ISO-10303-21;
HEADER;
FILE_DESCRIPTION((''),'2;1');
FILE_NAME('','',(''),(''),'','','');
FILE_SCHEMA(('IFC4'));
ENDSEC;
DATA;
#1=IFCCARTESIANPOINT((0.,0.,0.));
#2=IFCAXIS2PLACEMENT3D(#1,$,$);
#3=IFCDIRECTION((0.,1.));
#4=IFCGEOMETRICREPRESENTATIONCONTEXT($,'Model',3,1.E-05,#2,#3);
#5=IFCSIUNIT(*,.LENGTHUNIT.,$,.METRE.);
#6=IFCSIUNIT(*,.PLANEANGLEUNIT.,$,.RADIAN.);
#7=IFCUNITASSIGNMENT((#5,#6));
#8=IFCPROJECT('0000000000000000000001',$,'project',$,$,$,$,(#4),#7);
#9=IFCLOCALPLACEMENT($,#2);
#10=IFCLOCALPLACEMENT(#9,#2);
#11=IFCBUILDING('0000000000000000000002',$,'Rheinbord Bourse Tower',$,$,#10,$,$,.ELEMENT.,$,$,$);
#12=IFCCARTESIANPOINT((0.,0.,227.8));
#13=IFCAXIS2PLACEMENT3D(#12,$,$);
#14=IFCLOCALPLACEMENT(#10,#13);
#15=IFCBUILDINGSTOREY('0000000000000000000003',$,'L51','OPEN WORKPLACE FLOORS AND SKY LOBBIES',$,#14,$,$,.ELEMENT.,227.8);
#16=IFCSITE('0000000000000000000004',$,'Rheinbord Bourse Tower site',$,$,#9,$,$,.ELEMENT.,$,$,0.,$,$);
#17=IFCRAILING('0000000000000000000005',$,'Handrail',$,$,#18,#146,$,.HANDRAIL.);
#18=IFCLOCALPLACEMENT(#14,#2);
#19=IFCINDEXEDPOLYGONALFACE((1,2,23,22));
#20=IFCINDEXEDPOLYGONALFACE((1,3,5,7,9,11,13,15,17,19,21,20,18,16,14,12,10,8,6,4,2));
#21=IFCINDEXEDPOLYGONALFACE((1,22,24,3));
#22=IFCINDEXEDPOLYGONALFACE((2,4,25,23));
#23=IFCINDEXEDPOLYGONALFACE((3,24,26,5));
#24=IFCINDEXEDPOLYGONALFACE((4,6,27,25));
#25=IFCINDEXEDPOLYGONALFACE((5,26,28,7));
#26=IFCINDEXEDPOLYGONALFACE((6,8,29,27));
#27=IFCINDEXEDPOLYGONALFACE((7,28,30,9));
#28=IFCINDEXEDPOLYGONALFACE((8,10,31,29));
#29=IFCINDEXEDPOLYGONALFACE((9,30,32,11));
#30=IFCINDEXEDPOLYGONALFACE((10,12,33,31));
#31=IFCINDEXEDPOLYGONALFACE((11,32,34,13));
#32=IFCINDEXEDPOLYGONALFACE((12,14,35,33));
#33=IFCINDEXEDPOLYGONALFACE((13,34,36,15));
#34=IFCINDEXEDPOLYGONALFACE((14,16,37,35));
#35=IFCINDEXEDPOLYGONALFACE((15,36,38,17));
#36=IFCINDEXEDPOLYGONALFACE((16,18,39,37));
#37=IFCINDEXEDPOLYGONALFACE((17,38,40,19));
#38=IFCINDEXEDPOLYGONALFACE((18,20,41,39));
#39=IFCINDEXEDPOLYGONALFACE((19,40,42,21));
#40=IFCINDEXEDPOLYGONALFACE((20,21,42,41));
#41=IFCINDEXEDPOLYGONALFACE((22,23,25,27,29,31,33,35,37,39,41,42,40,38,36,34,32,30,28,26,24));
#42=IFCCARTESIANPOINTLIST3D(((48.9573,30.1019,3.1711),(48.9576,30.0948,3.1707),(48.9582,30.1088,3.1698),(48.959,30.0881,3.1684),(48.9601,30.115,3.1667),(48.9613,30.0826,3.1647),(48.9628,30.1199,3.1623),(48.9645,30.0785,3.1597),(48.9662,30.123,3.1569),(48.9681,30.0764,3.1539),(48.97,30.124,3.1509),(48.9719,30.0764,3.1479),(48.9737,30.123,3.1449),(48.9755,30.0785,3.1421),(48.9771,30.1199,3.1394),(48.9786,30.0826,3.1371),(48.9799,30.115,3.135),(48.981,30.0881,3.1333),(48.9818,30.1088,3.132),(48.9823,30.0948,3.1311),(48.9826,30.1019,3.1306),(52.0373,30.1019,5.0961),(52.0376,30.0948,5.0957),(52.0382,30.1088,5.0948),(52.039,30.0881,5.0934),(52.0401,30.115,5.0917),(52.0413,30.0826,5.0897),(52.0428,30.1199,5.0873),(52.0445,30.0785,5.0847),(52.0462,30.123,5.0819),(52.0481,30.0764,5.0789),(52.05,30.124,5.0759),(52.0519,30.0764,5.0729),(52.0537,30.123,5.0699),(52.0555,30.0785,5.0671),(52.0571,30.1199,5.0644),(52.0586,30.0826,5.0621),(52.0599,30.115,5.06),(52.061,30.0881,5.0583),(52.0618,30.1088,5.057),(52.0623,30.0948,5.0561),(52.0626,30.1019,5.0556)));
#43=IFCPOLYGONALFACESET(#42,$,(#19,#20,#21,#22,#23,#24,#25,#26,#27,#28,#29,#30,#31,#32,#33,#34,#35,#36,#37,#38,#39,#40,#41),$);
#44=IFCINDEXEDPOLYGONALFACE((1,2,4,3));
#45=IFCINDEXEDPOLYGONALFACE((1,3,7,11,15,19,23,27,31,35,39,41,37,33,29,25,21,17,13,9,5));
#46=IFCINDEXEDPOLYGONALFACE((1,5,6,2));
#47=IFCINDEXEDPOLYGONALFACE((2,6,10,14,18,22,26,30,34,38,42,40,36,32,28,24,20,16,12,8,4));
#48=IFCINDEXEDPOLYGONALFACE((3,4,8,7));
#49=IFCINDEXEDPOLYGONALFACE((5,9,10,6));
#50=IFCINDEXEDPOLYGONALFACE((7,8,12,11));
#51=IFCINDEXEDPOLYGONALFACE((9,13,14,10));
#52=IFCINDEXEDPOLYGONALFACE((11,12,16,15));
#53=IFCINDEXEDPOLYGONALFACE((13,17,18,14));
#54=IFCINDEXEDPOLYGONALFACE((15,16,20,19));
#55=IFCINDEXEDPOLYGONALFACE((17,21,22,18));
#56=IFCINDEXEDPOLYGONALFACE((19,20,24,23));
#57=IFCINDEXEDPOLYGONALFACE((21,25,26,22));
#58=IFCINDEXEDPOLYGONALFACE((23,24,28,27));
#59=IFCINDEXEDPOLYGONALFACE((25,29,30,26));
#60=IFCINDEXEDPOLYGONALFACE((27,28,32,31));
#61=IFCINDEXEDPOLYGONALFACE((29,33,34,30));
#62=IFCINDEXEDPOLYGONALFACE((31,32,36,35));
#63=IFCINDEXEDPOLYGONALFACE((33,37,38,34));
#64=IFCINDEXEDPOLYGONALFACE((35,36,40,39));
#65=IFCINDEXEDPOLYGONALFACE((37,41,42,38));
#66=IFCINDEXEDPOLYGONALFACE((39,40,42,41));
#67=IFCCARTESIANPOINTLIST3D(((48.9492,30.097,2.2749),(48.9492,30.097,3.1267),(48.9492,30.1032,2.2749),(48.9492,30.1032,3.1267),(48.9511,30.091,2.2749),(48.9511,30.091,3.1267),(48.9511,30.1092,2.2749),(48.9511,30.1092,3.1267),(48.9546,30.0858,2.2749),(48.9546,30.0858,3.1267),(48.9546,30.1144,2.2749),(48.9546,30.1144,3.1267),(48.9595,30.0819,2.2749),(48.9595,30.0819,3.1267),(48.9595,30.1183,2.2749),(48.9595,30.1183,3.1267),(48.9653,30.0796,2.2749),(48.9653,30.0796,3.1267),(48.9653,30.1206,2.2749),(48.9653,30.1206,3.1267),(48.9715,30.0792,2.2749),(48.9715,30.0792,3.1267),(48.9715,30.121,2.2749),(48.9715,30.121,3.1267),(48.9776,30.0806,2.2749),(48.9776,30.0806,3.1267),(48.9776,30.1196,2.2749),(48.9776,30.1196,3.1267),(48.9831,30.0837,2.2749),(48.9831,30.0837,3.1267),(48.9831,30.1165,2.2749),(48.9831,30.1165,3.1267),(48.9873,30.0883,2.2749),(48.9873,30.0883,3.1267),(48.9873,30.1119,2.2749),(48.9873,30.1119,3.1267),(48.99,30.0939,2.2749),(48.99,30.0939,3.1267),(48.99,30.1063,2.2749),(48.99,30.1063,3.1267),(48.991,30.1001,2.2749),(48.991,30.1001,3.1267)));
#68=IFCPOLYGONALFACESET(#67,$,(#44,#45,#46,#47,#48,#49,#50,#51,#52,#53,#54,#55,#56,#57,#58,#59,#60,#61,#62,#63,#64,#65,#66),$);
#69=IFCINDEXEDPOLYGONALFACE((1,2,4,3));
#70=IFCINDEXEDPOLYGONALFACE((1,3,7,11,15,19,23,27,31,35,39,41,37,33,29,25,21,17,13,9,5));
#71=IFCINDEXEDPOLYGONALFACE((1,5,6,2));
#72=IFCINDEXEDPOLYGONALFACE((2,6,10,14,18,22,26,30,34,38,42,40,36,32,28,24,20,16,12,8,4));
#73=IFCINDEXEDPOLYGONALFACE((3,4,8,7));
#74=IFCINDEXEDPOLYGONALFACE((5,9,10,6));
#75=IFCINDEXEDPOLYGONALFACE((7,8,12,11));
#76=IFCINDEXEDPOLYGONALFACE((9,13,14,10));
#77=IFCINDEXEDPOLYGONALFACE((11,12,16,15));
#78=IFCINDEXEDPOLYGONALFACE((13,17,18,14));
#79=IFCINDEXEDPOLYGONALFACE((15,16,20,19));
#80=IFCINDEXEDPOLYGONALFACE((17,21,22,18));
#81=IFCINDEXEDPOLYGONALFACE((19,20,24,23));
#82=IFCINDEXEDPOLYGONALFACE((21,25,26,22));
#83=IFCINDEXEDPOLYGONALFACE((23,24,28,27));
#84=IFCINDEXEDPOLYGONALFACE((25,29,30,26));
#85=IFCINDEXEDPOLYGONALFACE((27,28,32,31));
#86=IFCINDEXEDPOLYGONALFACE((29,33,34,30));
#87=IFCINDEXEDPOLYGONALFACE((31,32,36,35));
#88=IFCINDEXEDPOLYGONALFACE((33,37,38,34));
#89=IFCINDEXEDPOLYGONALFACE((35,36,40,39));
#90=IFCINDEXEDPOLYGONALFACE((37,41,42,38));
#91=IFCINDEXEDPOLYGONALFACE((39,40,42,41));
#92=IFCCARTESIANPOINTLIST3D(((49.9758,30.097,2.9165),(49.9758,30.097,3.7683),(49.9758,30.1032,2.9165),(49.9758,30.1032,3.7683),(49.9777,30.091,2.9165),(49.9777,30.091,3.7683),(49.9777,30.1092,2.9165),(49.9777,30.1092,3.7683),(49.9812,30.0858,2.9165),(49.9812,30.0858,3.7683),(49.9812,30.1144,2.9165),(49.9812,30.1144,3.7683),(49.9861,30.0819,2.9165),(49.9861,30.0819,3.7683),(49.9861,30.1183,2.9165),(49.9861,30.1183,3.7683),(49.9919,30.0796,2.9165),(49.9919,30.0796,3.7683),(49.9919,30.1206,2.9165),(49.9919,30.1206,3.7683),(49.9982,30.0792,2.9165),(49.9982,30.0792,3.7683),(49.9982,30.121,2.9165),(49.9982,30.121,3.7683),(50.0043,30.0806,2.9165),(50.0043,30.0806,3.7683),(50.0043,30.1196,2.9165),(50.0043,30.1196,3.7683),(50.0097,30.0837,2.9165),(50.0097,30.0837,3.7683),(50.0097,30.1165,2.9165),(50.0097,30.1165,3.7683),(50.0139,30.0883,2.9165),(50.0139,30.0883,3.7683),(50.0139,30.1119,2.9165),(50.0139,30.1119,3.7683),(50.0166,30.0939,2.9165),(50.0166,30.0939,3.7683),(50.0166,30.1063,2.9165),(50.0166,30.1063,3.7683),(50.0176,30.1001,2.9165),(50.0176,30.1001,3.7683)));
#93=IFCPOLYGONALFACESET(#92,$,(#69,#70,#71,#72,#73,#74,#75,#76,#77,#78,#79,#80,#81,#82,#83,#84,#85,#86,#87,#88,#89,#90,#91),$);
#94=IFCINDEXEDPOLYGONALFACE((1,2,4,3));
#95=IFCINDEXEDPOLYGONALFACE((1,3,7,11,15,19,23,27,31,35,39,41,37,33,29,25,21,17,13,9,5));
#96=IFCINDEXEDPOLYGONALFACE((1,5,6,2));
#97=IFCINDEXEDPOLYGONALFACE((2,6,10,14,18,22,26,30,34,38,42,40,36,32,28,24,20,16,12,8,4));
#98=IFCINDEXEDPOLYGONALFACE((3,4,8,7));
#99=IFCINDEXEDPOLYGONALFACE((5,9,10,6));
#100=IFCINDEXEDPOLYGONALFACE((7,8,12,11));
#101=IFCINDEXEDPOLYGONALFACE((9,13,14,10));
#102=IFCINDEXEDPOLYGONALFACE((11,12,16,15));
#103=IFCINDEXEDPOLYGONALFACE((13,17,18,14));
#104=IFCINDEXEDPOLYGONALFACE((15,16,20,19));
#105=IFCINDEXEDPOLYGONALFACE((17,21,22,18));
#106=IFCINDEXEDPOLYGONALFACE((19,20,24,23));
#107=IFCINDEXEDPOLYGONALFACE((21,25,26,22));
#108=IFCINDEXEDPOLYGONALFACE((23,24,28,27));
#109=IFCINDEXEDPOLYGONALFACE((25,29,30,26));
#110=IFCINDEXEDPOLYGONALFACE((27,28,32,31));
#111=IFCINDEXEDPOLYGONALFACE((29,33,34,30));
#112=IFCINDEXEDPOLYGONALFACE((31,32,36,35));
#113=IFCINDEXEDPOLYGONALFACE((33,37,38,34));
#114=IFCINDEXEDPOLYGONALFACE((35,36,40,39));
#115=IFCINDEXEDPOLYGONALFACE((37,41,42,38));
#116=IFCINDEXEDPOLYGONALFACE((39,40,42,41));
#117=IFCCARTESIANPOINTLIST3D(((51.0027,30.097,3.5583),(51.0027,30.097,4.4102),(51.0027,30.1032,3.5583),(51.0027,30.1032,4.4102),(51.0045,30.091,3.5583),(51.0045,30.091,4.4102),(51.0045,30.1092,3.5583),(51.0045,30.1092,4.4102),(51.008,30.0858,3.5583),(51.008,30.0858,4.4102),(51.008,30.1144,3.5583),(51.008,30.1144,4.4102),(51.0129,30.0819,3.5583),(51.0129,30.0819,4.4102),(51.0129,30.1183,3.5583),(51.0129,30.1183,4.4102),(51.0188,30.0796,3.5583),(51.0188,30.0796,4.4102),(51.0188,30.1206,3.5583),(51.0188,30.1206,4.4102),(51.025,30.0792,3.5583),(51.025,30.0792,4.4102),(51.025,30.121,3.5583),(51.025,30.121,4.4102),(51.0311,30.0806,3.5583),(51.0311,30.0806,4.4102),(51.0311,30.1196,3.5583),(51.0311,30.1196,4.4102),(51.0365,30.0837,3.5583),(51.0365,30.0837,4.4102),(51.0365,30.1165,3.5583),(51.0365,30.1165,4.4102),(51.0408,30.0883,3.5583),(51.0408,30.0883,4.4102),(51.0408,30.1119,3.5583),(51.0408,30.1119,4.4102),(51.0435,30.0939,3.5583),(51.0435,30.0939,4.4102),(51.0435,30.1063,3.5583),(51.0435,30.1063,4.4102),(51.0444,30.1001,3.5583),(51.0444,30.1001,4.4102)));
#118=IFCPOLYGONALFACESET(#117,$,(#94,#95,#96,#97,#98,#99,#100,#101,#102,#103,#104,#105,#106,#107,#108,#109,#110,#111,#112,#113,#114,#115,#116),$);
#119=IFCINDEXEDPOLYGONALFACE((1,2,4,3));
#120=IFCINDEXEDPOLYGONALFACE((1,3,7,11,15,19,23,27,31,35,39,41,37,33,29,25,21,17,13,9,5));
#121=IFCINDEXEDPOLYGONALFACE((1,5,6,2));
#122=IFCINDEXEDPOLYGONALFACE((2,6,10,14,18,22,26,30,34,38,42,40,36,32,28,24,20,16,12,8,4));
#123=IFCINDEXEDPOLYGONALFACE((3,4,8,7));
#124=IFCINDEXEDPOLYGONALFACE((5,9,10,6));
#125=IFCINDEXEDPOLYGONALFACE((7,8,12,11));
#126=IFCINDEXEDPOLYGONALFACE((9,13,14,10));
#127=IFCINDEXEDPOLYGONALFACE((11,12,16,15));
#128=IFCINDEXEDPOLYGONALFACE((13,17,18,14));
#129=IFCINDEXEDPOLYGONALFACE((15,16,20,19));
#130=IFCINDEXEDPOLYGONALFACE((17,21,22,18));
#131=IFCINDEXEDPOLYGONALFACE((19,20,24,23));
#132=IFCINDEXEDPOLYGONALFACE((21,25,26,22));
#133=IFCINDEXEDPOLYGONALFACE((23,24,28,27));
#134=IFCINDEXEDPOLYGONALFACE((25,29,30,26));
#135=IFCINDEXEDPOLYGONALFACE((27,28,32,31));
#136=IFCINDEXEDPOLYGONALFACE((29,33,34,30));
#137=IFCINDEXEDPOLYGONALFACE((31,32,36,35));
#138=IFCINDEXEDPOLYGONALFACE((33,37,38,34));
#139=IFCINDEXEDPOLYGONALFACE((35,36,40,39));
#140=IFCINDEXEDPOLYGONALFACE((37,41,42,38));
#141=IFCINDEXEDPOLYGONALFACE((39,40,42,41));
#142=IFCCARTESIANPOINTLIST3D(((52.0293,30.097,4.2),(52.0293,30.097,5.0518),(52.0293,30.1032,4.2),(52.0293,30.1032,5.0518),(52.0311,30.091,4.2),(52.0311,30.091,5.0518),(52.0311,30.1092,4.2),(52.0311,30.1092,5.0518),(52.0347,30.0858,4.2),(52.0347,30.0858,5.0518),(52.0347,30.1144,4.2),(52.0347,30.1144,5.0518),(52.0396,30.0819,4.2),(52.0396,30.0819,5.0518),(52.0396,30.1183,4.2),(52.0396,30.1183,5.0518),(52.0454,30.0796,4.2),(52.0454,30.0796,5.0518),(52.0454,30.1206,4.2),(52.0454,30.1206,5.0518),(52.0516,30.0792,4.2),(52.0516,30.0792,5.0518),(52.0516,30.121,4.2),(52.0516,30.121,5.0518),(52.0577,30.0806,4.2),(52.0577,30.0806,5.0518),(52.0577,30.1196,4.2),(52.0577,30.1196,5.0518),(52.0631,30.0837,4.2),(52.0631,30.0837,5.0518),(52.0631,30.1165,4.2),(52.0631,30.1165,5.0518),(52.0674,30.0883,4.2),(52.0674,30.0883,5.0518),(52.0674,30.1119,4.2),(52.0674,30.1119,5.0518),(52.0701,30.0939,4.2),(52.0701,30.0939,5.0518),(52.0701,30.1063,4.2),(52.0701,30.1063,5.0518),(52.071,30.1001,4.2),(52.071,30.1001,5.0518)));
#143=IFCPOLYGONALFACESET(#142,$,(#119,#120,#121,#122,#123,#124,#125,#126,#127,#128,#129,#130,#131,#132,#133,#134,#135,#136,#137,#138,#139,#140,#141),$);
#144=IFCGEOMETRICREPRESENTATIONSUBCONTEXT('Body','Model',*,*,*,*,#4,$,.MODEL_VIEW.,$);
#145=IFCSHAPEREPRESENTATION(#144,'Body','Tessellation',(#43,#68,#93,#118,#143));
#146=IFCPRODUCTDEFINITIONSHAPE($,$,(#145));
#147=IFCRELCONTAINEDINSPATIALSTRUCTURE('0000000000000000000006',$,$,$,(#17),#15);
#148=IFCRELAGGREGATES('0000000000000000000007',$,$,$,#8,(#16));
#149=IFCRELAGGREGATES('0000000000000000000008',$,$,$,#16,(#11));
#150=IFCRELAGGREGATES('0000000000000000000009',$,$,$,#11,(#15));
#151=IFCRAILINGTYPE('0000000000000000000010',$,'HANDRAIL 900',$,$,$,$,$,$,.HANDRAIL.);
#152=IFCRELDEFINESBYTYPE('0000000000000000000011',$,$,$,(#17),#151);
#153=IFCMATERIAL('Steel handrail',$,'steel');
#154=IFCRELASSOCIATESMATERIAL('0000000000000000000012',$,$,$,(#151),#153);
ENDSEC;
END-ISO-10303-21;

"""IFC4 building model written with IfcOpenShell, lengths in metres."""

from ifc_helpers import new_model, si_unit, direction, frame, origin, origin_2d, place, context, subcontext, project, spatial, circle, extrude, material, type_object, element, save


model = new_model("IFC4")

# Units and contexts
model_context = context("Model", 3, precision=1e-05, world=origin(), true_north=direction((0.0, 1.0)))
body_context = subcontext(model_context, "Body", "Model", "MODEL_VIEW")
ifc_project = project(units=[si_unit("LENGTHUNIT", "METRE"), si_unit("PLANEANGLEUNIT", "RADIAN")], contexts=[model_context])

# Site, building, storey
site_placement = place(None, origin())
site = spatial("IfcSite", under=ifc_project, at=site_placement, Name="Rheinbord Bourse Tower site", CompositionType="ELEMENT", RefElevation=0.0)
building_placement = place(site_placement, origin())
building = spatial("IfcBuilding", under=site, at=building_placement, Name="Rheinbord Bourse Tower", CompositionType="ELEMENT")
storey_placement = place(building_placement, frame((0.0, 0.0, 227.8)))
storey = spatial("IfcBuildingStorey", under=building, at=storey_placement, Name="L51", Description="OPEN WORKPLACE FLOORS AND SKY LOBBIES", CompositionType="ELEMENT", Elevation=227.8)

# Railing
ifc_material_1 = material(Name="Steel handrail", Category="steel")
railing_type = type_object("IfcRailingType", Name="HANDRAIL 900", PredefinedType="HANDRAIL", material=ifc_material_1)
railing_1_placement = place(storey_placement, frame((48.97, 30.1001, 2.2749)))
element("IfcRailing", 1, at=railing_1_placement, inside=storey, type_object=railing_type, Name="Handrail", PredefinedType="HANDRAIL", context=body_context, shape_type="SweptSolid", body=[
    extrude(circle(Radius=0.0239, at=origin_2d()), frame((0.0, 0.0, 0.876), z_axis=(0.847998, 0.0, 0.529999), x_axis=(0.0, 1.0, 0.0)), (0.0, 0.0, 1.0), 3.6321),
    extrude(circle(Radius=0.021, at=origin_2d()), origin(), (0.0, 0.0, 1.0), 0.8518),
    extrude(circle(Radius=0.021, at=origin_2d()), frame((1.0266, 0.0, 0.6416)), (0.0, 0.0, 1.0), 0.8518),
    extrude(circle(Radius=0.021, at=origin_2d()), frame((2.0535, 0.0, 1.2834)), (0.0, 0.0, 1.0), 0.8518),
    extrude(circle(Radius=0.021, at=origin_2d()), frame((3.0801, 0.0, 1.925)), (0.0, 0.0, 1.0), 0.8518),
])

save(model, "model.ifc")
